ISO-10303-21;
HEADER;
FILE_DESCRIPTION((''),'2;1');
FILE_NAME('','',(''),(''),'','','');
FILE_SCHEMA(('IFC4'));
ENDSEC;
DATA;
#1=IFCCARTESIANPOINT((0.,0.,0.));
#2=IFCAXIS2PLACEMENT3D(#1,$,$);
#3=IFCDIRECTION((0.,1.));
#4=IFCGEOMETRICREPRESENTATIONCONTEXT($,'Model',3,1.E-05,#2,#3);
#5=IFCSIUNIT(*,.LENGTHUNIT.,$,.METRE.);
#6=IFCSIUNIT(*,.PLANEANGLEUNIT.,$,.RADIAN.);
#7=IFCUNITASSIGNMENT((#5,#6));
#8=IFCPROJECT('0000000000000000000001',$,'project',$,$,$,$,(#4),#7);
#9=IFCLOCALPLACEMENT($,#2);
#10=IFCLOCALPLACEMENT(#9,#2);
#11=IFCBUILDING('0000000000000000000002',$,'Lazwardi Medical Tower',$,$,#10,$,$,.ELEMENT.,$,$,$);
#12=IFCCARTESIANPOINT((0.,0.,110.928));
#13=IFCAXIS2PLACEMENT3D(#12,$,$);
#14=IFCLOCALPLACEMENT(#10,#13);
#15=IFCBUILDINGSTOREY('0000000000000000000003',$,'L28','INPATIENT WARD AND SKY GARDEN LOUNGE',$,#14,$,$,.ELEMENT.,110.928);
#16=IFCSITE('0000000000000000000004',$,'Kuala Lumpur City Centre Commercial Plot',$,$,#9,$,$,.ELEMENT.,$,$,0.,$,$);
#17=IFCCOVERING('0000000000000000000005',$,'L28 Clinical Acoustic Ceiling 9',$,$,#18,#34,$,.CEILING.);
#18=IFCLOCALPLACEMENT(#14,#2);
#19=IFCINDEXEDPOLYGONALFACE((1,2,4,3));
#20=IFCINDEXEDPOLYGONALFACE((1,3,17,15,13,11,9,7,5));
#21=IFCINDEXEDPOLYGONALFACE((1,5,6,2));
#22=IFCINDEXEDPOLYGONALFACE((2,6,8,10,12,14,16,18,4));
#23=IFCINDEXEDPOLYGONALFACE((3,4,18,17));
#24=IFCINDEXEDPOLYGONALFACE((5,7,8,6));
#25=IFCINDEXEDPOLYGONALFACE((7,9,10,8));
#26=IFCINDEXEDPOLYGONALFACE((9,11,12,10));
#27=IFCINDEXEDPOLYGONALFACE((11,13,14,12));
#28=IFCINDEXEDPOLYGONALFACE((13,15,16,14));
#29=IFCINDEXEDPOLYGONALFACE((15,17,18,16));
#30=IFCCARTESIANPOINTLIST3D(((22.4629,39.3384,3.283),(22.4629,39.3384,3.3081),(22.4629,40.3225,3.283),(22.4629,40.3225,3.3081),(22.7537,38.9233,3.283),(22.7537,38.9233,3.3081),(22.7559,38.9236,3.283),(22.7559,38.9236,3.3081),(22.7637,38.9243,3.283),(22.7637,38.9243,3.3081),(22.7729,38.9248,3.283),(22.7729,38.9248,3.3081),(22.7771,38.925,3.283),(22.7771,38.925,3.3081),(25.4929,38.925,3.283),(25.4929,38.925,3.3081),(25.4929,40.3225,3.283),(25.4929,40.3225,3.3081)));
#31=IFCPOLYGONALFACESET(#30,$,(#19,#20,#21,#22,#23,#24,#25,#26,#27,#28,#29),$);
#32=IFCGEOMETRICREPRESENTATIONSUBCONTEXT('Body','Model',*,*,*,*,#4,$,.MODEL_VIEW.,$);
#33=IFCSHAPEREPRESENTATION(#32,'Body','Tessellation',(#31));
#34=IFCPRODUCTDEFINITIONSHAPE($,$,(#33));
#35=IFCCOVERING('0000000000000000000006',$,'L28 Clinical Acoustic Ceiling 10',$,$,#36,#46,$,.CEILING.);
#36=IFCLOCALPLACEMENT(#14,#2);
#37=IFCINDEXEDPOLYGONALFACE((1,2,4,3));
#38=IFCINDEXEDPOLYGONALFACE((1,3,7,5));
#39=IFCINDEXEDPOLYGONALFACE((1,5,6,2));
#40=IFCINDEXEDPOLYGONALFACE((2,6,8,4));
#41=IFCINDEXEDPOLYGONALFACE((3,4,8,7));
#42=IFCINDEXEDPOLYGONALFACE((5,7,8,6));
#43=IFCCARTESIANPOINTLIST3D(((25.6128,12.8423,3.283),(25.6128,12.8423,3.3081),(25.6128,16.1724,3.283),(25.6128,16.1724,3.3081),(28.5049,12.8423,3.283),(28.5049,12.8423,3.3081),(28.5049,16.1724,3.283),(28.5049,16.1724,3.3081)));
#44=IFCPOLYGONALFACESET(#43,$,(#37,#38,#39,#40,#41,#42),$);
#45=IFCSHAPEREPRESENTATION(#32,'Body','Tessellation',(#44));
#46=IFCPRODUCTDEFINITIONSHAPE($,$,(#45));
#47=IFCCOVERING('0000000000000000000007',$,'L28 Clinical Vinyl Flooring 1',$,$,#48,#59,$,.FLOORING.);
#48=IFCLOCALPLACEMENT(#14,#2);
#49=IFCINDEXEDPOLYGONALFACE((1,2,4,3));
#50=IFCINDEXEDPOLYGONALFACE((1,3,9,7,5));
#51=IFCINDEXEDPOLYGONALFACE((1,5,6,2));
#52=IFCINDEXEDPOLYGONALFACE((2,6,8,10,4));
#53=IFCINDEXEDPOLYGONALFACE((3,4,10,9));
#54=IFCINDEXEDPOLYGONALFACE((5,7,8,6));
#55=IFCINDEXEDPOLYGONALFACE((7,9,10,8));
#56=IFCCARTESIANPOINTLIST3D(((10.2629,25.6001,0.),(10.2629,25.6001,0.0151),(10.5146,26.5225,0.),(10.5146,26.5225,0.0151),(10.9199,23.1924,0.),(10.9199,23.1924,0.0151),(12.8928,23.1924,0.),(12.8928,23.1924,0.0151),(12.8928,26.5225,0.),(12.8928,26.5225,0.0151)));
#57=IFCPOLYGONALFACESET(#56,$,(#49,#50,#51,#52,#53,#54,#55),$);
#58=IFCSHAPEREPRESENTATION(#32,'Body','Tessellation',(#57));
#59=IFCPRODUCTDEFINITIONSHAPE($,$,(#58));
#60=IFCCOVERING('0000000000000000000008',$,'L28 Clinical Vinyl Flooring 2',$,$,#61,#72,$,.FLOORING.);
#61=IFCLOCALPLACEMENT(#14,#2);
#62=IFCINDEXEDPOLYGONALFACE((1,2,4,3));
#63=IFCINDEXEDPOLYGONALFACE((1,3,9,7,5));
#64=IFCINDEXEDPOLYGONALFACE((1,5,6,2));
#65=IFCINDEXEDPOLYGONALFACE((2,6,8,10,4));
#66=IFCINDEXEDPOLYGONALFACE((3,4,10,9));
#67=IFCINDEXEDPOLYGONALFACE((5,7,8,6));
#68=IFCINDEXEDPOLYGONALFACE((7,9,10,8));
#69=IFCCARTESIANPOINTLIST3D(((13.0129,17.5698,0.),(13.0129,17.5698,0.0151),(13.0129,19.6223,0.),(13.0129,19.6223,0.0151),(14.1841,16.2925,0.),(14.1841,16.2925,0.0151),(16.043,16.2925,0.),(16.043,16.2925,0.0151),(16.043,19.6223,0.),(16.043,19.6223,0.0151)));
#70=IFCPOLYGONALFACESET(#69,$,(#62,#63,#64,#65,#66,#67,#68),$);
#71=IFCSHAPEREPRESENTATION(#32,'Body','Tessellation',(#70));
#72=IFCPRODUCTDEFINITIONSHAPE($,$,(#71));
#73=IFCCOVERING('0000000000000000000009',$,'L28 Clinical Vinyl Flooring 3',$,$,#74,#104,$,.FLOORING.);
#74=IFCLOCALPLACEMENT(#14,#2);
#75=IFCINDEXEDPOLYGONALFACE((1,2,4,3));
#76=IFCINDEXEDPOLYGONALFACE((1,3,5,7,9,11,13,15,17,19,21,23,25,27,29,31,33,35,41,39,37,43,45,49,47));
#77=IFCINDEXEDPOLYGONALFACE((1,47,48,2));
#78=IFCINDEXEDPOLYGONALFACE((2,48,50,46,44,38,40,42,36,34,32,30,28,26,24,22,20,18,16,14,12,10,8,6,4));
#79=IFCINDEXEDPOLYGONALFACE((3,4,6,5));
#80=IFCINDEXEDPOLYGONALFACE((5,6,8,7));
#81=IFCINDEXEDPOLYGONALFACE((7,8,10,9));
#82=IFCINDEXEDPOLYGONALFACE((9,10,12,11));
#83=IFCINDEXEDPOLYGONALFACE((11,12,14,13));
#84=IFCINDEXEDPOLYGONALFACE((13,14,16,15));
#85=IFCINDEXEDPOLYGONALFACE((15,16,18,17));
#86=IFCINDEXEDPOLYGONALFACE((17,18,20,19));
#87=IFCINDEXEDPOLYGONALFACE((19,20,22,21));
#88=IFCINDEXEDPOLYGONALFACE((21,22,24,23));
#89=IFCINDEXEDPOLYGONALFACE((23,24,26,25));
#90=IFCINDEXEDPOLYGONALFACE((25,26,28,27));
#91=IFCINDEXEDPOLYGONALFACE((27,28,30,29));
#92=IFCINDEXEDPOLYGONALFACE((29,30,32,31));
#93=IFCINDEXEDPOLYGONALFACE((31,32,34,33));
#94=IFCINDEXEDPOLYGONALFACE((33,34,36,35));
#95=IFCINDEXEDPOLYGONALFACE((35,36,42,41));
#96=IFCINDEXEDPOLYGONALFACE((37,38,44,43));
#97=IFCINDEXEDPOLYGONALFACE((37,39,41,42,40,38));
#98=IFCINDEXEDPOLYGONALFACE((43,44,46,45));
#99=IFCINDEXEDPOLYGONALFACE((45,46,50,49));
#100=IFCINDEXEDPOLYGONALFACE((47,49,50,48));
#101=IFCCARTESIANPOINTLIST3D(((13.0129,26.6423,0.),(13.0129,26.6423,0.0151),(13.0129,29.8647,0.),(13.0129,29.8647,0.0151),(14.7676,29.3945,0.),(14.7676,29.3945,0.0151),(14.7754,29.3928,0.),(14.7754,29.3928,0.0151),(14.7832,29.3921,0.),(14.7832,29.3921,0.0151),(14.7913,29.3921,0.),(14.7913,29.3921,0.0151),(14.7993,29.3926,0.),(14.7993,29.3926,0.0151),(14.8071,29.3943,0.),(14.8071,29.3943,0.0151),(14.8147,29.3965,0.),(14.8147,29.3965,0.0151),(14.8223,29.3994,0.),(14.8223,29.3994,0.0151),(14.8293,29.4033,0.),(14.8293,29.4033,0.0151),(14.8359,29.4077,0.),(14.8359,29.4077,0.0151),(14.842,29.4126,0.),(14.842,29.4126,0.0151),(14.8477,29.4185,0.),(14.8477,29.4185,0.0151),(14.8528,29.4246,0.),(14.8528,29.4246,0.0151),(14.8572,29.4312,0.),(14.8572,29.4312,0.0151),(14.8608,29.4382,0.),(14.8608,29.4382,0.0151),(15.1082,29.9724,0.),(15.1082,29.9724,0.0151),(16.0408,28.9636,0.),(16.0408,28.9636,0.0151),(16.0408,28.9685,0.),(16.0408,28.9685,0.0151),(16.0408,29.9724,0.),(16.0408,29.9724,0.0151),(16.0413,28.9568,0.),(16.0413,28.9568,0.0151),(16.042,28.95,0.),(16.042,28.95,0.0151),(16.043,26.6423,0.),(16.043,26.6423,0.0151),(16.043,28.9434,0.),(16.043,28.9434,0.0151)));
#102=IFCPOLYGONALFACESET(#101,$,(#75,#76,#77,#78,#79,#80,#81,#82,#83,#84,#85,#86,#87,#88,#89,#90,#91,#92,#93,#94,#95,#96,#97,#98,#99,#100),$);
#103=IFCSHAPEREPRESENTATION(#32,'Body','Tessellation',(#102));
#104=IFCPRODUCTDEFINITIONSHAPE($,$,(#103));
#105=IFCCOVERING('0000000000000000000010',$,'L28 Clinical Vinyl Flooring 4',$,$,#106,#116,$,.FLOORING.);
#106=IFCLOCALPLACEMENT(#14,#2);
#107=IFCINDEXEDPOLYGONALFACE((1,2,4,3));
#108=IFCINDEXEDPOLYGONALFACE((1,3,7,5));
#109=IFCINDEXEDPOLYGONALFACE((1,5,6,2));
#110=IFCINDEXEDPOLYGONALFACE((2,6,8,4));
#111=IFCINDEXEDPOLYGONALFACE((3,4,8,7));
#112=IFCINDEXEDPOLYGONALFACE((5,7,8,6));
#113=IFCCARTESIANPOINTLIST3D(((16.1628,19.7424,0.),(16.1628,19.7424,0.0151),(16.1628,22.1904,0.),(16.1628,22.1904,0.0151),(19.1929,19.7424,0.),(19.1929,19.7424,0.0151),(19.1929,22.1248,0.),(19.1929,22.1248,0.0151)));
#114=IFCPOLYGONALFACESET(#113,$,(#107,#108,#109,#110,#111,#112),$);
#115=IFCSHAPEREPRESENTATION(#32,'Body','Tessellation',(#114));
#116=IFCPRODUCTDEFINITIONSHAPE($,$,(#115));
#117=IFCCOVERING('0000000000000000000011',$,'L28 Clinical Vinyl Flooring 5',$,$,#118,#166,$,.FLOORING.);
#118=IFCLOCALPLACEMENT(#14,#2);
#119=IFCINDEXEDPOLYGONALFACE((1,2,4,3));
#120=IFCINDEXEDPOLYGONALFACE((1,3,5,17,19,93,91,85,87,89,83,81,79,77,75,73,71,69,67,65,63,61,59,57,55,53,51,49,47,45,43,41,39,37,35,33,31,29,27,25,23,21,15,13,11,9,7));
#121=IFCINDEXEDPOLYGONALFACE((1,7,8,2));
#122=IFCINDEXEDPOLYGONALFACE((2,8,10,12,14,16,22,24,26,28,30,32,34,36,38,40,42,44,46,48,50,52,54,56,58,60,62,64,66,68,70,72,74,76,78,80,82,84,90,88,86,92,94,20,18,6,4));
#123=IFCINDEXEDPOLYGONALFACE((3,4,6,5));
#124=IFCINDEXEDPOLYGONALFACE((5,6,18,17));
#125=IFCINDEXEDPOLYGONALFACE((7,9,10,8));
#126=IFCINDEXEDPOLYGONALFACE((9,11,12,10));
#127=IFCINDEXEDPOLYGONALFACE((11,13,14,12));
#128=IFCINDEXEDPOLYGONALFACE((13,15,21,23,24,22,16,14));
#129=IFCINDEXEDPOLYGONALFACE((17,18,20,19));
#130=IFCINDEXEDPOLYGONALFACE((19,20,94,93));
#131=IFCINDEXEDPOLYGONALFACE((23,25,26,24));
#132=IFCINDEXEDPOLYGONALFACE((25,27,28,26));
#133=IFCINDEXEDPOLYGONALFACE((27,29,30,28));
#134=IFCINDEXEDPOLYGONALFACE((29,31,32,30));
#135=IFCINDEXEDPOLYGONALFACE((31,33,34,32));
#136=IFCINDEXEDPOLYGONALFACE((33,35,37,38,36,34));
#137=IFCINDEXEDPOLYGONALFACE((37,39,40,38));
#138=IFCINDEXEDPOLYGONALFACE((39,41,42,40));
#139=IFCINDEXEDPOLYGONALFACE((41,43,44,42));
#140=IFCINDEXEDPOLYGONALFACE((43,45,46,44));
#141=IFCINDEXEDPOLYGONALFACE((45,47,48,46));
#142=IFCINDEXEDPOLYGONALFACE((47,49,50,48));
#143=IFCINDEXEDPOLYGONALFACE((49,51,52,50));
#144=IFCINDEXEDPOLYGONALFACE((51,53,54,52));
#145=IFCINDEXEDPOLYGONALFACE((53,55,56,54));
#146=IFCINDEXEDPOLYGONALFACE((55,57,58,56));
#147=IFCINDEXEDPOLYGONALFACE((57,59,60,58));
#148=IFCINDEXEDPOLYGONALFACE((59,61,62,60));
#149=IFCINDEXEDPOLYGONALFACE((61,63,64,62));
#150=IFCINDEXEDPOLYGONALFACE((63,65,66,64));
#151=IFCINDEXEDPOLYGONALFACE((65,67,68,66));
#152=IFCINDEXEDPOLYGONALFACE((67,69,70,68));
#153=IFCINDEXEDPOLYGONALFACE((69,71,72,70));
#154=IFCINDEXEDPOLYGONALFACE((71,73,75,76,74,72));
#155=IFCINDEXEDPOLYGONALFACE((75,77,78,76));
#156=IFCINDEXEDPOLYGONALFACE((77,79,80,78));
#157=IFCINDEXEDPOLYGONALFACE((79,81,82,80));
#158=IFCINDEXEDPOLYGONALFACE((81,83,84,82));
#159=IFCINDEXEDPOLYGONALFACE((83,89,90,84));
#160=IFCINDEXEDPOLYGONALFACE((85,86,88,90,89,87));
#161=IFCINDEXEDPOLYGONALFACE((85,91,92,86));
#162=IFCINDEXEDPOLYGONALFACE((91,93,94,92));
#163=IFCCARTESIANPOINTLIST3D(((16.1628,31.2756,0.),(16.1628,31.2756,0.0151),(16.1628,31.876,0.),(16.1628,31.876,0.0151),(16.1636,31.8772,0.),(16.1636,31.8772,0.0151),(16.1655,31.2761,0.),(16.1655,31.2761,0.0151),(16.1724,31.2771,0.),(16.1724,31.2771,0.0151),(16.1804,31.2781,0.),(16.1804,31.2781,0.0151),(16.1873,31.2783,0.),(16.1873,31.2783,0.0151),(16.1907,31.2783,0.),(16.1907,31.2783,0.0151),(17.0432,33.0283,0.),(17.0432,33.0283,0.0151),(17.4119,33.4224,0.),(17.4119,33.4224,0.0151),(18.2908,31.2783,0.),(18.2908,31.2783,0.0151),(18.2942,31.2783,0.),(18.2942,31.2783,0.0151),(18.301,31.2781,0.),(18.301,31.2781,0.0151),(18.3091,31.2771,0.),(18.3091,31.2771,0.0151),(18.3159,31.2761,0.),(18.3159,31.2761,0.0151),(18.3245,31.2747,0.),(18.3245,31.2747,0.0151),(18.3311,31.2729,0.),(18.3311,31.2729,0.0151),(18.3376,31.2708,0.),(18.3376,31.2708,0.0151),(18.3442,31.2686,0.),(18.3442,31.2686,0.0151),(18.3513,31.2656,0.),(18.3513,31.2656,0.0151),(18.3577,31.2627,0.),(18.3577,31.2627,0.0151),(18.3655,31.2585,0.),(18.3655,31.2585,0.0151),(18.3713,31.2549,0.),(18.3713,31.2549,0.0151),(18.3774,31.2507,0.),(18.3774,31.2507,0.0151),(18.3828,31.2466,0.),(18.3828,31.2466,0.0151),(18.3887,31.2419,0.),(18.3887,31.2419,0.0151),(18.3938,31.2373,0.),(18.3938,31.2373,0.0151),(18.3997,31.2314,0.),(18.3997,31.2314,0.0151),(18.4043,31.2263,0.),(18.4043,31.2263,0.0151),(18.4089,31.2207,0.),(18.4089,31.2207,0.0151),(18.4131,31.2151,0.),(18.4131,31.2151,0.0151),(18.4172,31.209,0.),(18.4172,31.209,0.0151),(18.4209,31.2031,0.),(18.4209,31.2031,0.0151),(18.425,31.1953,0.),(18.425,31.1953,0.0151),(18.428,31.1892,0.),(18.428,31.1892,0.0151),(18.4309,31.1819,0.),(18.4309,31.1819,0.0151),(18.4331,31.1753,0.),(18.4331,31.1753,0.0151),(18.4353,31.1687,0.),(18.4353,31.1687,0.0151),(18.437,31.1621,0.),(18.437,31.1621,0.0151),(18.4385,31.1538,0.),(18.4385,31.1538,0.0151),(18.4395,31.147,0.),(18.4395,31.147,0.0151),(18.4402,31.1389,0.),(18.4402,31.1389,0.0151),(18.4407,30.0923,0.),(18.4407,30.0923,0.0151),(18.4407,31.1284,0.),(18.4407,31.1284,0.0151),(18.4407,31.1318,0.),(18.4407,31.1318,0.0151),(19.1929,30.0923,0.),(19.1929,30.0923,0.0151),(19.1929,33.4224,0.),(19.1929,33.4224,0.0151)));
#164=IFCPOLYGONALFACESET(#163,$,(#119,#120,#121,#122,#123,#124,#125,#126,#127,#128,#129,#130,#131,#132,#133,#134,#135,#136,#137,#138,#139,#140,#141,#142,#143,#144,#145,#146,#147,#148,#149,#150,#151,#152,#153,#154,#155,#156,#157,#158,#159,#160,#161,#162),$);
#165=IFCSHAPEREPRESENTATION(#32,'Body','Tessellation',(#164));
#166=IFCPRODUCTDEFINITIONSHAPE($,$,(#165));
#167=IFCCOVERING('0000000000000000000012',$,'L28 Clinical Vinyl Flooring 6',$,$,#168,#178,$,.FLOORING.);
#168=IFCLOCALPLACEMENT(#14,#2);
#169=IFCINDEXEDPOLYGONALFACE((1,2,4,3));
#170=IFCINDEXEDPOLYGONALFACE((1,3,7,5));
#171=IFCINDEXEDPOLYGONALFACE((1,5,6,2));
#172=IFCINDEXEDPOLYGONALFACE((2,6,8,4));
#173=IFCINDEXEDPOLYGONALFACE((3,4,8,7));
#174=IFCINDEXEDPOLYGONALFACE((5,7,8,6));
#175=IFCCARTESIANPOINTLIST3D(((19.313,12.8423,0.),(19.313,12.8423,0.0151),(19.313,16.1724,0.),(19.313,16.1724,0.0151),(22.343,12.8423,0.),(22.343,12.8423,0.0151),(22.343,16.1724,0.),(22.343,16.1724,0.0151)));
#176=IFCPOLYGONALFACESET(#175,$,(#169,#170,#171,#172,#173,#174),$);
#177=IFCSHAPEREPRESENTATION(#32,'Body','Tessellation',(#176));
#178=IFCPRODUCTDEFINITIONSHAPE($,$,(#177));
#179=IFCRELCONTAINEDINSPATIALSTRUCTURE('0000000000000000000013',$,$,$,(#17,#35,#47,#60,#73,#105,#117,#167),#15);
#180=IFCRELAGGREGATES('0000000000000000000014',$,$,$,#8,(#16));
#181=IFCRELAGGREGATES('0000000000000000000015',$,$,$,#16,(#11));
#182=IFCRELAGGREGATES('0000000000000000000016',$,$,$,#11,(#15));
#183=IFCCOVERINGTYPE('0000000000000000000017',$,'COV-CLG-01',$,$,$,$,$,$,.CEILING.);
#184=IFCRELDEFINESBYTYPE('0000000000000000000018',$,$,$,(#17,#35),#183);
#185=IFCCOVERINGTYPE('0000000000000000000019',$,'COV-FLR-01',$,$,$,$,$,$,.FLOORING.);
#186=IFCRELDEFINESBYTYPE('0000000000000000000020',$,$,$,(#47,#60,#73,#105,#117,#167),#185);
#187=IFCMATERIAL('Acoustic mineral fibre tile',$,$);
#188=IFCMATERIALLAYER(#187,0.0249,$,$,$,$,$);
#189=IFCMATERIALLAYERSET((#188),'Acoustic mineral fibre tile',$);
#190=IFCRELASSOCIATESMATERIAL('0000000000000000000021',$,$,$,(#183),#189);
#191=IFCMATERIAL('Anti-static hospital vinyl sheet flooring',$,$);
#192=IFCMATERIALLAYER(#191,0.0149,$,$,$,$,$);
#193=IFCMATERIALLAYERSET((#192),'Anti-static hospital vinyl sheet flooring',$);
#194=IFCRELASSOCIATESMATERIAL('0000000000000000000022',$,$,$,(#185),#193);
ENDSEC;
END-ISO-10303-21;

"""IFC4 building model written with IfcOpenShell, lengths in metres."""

from ifc_helpers import new_model, si_unit, direction, frame, origin, place, context, subcontext, project, spatial, polyline, outline, extrude, material, layer, layer_set, type_object, element, save


model = new_model("IFC4")

# Units and contexts
model_context = context("Model", 3, precision=1e-05, world=origin(), true_north=direction((0.0, 1.0)))
body_context = subcontext(model_context, "Body", "Model", "MODEL_VIEW")
ifc_project = project(units=[si_unit("LENGTHUNIT", "METRE"), si_unit("PLANEANGLEUNIT", "RADIAN")], contexts=[model_context])

# Site, building, storey
site_placement = place(None, origin())
site = spatial("IfcSite", under=ifc_project, at=site_placement, Name="Kuala Lumpur City Centre Commercial Plot", CompositionType="ELEMENT", RefElevation=0.0)
building_placement = place(site_placement, origin())
building = spatial("IfcBuilding", under=site, at=building_placement, Name="Lazwardi Medical Tower", CompositionType="ELEMENT")
storey_placement = place(building_placement, frame((0.0, 0.0, 110.928)))
storey = spatial("IfcBuildingStorey", under=building, at=storey_placement, Name="L28", Description="INPATIENT WARD AND SKY GARDEN LOUNGE", CompositionType="ELEMENT", Elevation=110.928)

# Coverings
ifc_material_1 = material(Name="Acoustic mineral fibre tile")
ifc_layer_1 = layer(ifc_material_1, 0.0249)
ifc_layer_set_1 = layer_set([ifc_layer_1], Name="Acoustic mineral fibre tile")
covering_type_1 = type_object("IfcCoveringType", Name="COV-CLG-01", PredefinedType="CEILING", material=ifc_layer_set_1)
covering_1_placement = place(storey_placement, frame((0.0, 0.0, 3.283)))
element("IfcCovering", 1, at=covering_1_placement, inside=storey, type_object=covering_type_1, Name="L28 Clinical Acoustic Ceiling 9", PredefinedType="CEILING", context=body_context, shape_type="SweptSolid", body=[
    extrude(outline(polyline([(22.4629, 39.3384), (22.7537, 38.9233), (22.7559, 38.9236), (22.7637, 38.9243), (22.7729, 38.9248), (22.7771, 38.925), (25.4929, 38.925), (25.4929, 40.3225), (22.4629, 40.3225), (22.4629, 39.3384)])), origin(), (0.0, 0.0, 1.0), 0.0251),
])
covering_2_placement = place(storey_placement, frame((0.0, 0.0, 3.283)))
element("IfcCovering", 2, at=covering_2_placement, inside=storey, type_object=covering_type_1, Name="L28 Clinical Acoustic Ceiling 10", PredefinedType="CEILING", context=body_context, shape_type="SweptSolid", body=[
    extrude(outline(polyline([(28.5049, 12.8423), (28.5049, 16.1724), (25.6128, 16.1724), (25.6128, 12.8423), (28.5049, 12.8423)])), origin(), (0.0, 0.0, 1.0), 0.0251),
])
ifc_material_2 = material(Name="Anti-static hospital vinyl sheet flooring")
ifc_layer_2 = layer(ifc_material_2, 0.0149)
ifc_layer_set_2 = layer_set([ifc_layer_2], Name="Anti-static hospital vinyl sheet flooring")
covering_type_2 = type_object("IfcCoveringType", Name="COV-FLR-01", PredefinedType="FLOORING", material=ifc_layer_set_2)
covering_3_placement = place(storey_placement, origin())
element("IfcCovering", 3, at=covering_3_placement, inside=storey, type_object=covering_type_2, Name="L28 Clinical Vinyl Flooring 1", PredefinedType="FLOORING", context=body_context, shape_type="SweptSolid", body=[
    extrude(outline(polyline([(10.5146, 26.5225), (10.2629, 25.6001), (10.9199, 23.1924), (12.8928, 23.1924), (12.8928, 26.5225), (10.5146, 26.5225)])), origin(), (0.0, 0.0, 1.0), 0.0151),
])
covering_4_placement = place(storey_placement, origin())
element("IfcCovering", 4, at=covering_4_placement, inside=storey, type_object=covering_type_2, Name="L28 Clinical Vinyl Flooring 2", PredefinedType="FLOORING", context=body_context, shape_type="SweptSolid", body=[
    extrude(outline(polyline([(13.0129, 17.5698), (14.1841, 16.2925), (16.043, 16.2925), (16.043, 19.6223), (13.0129, 19.6223), (13.0129, 17.5698)])), origin(), (0.0, 0.0, 1.0), 0.0151),
])
covering_5_placement = place(storey_placement, origin())
element("IfcCovering", 5, at=covering_5_placement, inside=storey, type_object=covering_type_2, Name="L28 Clinical Vinyl Flooring 3", PredefinedType="FLOORING", context=body_context, shape_type="SweptSolid", body=[
    extrude(outline(polyline([(16.043, 28.9434), (16.042, 28.95), (16.0413, 28.9568), (16.0408, 28.9636), (16.0408, 28.9685), (16.0408, 29.9724), (15.1082, 29.9724), (14.8608, 29.4382), (14.8572, 29.4312), (14.8528, 29.4246), (14.8477, 29.4185), (14.842, 29.4126), (14.8359, 29.4077), (14.8293, 29.4033), (14.8223, 29.3994), (14.8147, 29.3965), (14.8071, 29.3943), (14.7993, 29.3926), (14.7913, 29.3921), (14.7832, 29.3921), (14.7754, 29.3928), (14.7676, 29.3945), (13.0129, 29.8647), (13.0129, 26.6423), (16.043, 26.6423), (16.043, 28.9434)])), origin(), (0.0, 0.0, 1.0), 0.0151),
])
covering_6_placement = place(storey_placement, origin())
element("IfcCovering", 6, at=covering_6_placement, inside=storey, type_object=covering_type_2, Name="L28 Clinical Vinyl Flooring 4", PredefinedType="FLOORING", context=body_context, shape_type="SweptSolid", body=[
    extrude(outline(polyline([(19.1929, 22.1248), (16.1628, 22.1904), (16.1628, 19.7424), (19.1929, 19.7424), (19.1929, 22.1248)])), origin(), (0.0, 0.0, 1.0), 0.0151),
])
covering_7_placement = place(storey_placement, origin())
element("IfcCovering", 7, at=covering_7_placement, inside=storey, type_object=covering_type_2, Name="L28 Clinical Vinyl Flooring 5", PredefinedType="FLOORING", context=body_context, shape_type="SweptSolid", body=[
    extrude(outline(polyline([(17.4119, 33.4224), (17.0432, 33.0283), (16.1636, 31.8772), (16.1628, 31.876), (16.1628, 31.2756), (16.1655, 31.2761), (16.1724, 31.2771), (16.1804, 31.2781), (16.1873, 31.2783), (16.1907, 31.2783), (18.2908, 31.2783), (18.2942, 31.2783), (18.301, 31.2781), (18.3091, 31.2771), (18.3159, 31.2761), (18.3245, 31.2747), (18.3311, 31.2729), (18.3376, 31.2708), (18.3442, 31.2686), (18.3513, 31.2656), (18.3577, 31.2627), (18.3655, 31.2585), (18.3713, 31.2549), (18.3774, 31.2507), (18.3828, 31.2466), (18.3887, 31.2419), (18.3938, 31.2373), (18.3997, 31.2314), (18.4043, 31.2263), (18.4089, 31.2207), (18.4131, 31.2151), (18.4172, 31.209), (18.4209, 31.2031), (18.425, 31.1953), (18.428, 31.1892), (18.4309, 31.1819), (18.4331, 31.1753), (18.4353, 31.1687), (18.437, 31.1621), (18.4385, 31.1538), (18.4395, 31.147), (18.4402, 31.1389), (18.4407, 31.1318), (18.4407, 31.1284), (18.4407, 30.0923), (19.1929, 30.0923), (19.1929, 33.4224), (17.4119, 33.4224)])), origin(), (0.0, 0.0, 1.0), 0.0151),
])
covering_8_placement = place(storey_placement, origin())
element("IfcCovering", 8, at=covering_8_placement, inside=storey, type_object=covering_type_2, Name="L28 Clinical Vinyl Flooring 6", PredefinedType="FLOORING", context=body_context, shape_type="SweptSolid", body=[
    extrude(outline(polyline([(22.343, 12.8423), (22.343, 16.1724), (19.313, 16.1724), (19.313, 12.8423), (22.343, 12.8423)])), origin(), (0.0, 0.0, 1.0), 0.0151),
])

save(model, "model.ifc")
